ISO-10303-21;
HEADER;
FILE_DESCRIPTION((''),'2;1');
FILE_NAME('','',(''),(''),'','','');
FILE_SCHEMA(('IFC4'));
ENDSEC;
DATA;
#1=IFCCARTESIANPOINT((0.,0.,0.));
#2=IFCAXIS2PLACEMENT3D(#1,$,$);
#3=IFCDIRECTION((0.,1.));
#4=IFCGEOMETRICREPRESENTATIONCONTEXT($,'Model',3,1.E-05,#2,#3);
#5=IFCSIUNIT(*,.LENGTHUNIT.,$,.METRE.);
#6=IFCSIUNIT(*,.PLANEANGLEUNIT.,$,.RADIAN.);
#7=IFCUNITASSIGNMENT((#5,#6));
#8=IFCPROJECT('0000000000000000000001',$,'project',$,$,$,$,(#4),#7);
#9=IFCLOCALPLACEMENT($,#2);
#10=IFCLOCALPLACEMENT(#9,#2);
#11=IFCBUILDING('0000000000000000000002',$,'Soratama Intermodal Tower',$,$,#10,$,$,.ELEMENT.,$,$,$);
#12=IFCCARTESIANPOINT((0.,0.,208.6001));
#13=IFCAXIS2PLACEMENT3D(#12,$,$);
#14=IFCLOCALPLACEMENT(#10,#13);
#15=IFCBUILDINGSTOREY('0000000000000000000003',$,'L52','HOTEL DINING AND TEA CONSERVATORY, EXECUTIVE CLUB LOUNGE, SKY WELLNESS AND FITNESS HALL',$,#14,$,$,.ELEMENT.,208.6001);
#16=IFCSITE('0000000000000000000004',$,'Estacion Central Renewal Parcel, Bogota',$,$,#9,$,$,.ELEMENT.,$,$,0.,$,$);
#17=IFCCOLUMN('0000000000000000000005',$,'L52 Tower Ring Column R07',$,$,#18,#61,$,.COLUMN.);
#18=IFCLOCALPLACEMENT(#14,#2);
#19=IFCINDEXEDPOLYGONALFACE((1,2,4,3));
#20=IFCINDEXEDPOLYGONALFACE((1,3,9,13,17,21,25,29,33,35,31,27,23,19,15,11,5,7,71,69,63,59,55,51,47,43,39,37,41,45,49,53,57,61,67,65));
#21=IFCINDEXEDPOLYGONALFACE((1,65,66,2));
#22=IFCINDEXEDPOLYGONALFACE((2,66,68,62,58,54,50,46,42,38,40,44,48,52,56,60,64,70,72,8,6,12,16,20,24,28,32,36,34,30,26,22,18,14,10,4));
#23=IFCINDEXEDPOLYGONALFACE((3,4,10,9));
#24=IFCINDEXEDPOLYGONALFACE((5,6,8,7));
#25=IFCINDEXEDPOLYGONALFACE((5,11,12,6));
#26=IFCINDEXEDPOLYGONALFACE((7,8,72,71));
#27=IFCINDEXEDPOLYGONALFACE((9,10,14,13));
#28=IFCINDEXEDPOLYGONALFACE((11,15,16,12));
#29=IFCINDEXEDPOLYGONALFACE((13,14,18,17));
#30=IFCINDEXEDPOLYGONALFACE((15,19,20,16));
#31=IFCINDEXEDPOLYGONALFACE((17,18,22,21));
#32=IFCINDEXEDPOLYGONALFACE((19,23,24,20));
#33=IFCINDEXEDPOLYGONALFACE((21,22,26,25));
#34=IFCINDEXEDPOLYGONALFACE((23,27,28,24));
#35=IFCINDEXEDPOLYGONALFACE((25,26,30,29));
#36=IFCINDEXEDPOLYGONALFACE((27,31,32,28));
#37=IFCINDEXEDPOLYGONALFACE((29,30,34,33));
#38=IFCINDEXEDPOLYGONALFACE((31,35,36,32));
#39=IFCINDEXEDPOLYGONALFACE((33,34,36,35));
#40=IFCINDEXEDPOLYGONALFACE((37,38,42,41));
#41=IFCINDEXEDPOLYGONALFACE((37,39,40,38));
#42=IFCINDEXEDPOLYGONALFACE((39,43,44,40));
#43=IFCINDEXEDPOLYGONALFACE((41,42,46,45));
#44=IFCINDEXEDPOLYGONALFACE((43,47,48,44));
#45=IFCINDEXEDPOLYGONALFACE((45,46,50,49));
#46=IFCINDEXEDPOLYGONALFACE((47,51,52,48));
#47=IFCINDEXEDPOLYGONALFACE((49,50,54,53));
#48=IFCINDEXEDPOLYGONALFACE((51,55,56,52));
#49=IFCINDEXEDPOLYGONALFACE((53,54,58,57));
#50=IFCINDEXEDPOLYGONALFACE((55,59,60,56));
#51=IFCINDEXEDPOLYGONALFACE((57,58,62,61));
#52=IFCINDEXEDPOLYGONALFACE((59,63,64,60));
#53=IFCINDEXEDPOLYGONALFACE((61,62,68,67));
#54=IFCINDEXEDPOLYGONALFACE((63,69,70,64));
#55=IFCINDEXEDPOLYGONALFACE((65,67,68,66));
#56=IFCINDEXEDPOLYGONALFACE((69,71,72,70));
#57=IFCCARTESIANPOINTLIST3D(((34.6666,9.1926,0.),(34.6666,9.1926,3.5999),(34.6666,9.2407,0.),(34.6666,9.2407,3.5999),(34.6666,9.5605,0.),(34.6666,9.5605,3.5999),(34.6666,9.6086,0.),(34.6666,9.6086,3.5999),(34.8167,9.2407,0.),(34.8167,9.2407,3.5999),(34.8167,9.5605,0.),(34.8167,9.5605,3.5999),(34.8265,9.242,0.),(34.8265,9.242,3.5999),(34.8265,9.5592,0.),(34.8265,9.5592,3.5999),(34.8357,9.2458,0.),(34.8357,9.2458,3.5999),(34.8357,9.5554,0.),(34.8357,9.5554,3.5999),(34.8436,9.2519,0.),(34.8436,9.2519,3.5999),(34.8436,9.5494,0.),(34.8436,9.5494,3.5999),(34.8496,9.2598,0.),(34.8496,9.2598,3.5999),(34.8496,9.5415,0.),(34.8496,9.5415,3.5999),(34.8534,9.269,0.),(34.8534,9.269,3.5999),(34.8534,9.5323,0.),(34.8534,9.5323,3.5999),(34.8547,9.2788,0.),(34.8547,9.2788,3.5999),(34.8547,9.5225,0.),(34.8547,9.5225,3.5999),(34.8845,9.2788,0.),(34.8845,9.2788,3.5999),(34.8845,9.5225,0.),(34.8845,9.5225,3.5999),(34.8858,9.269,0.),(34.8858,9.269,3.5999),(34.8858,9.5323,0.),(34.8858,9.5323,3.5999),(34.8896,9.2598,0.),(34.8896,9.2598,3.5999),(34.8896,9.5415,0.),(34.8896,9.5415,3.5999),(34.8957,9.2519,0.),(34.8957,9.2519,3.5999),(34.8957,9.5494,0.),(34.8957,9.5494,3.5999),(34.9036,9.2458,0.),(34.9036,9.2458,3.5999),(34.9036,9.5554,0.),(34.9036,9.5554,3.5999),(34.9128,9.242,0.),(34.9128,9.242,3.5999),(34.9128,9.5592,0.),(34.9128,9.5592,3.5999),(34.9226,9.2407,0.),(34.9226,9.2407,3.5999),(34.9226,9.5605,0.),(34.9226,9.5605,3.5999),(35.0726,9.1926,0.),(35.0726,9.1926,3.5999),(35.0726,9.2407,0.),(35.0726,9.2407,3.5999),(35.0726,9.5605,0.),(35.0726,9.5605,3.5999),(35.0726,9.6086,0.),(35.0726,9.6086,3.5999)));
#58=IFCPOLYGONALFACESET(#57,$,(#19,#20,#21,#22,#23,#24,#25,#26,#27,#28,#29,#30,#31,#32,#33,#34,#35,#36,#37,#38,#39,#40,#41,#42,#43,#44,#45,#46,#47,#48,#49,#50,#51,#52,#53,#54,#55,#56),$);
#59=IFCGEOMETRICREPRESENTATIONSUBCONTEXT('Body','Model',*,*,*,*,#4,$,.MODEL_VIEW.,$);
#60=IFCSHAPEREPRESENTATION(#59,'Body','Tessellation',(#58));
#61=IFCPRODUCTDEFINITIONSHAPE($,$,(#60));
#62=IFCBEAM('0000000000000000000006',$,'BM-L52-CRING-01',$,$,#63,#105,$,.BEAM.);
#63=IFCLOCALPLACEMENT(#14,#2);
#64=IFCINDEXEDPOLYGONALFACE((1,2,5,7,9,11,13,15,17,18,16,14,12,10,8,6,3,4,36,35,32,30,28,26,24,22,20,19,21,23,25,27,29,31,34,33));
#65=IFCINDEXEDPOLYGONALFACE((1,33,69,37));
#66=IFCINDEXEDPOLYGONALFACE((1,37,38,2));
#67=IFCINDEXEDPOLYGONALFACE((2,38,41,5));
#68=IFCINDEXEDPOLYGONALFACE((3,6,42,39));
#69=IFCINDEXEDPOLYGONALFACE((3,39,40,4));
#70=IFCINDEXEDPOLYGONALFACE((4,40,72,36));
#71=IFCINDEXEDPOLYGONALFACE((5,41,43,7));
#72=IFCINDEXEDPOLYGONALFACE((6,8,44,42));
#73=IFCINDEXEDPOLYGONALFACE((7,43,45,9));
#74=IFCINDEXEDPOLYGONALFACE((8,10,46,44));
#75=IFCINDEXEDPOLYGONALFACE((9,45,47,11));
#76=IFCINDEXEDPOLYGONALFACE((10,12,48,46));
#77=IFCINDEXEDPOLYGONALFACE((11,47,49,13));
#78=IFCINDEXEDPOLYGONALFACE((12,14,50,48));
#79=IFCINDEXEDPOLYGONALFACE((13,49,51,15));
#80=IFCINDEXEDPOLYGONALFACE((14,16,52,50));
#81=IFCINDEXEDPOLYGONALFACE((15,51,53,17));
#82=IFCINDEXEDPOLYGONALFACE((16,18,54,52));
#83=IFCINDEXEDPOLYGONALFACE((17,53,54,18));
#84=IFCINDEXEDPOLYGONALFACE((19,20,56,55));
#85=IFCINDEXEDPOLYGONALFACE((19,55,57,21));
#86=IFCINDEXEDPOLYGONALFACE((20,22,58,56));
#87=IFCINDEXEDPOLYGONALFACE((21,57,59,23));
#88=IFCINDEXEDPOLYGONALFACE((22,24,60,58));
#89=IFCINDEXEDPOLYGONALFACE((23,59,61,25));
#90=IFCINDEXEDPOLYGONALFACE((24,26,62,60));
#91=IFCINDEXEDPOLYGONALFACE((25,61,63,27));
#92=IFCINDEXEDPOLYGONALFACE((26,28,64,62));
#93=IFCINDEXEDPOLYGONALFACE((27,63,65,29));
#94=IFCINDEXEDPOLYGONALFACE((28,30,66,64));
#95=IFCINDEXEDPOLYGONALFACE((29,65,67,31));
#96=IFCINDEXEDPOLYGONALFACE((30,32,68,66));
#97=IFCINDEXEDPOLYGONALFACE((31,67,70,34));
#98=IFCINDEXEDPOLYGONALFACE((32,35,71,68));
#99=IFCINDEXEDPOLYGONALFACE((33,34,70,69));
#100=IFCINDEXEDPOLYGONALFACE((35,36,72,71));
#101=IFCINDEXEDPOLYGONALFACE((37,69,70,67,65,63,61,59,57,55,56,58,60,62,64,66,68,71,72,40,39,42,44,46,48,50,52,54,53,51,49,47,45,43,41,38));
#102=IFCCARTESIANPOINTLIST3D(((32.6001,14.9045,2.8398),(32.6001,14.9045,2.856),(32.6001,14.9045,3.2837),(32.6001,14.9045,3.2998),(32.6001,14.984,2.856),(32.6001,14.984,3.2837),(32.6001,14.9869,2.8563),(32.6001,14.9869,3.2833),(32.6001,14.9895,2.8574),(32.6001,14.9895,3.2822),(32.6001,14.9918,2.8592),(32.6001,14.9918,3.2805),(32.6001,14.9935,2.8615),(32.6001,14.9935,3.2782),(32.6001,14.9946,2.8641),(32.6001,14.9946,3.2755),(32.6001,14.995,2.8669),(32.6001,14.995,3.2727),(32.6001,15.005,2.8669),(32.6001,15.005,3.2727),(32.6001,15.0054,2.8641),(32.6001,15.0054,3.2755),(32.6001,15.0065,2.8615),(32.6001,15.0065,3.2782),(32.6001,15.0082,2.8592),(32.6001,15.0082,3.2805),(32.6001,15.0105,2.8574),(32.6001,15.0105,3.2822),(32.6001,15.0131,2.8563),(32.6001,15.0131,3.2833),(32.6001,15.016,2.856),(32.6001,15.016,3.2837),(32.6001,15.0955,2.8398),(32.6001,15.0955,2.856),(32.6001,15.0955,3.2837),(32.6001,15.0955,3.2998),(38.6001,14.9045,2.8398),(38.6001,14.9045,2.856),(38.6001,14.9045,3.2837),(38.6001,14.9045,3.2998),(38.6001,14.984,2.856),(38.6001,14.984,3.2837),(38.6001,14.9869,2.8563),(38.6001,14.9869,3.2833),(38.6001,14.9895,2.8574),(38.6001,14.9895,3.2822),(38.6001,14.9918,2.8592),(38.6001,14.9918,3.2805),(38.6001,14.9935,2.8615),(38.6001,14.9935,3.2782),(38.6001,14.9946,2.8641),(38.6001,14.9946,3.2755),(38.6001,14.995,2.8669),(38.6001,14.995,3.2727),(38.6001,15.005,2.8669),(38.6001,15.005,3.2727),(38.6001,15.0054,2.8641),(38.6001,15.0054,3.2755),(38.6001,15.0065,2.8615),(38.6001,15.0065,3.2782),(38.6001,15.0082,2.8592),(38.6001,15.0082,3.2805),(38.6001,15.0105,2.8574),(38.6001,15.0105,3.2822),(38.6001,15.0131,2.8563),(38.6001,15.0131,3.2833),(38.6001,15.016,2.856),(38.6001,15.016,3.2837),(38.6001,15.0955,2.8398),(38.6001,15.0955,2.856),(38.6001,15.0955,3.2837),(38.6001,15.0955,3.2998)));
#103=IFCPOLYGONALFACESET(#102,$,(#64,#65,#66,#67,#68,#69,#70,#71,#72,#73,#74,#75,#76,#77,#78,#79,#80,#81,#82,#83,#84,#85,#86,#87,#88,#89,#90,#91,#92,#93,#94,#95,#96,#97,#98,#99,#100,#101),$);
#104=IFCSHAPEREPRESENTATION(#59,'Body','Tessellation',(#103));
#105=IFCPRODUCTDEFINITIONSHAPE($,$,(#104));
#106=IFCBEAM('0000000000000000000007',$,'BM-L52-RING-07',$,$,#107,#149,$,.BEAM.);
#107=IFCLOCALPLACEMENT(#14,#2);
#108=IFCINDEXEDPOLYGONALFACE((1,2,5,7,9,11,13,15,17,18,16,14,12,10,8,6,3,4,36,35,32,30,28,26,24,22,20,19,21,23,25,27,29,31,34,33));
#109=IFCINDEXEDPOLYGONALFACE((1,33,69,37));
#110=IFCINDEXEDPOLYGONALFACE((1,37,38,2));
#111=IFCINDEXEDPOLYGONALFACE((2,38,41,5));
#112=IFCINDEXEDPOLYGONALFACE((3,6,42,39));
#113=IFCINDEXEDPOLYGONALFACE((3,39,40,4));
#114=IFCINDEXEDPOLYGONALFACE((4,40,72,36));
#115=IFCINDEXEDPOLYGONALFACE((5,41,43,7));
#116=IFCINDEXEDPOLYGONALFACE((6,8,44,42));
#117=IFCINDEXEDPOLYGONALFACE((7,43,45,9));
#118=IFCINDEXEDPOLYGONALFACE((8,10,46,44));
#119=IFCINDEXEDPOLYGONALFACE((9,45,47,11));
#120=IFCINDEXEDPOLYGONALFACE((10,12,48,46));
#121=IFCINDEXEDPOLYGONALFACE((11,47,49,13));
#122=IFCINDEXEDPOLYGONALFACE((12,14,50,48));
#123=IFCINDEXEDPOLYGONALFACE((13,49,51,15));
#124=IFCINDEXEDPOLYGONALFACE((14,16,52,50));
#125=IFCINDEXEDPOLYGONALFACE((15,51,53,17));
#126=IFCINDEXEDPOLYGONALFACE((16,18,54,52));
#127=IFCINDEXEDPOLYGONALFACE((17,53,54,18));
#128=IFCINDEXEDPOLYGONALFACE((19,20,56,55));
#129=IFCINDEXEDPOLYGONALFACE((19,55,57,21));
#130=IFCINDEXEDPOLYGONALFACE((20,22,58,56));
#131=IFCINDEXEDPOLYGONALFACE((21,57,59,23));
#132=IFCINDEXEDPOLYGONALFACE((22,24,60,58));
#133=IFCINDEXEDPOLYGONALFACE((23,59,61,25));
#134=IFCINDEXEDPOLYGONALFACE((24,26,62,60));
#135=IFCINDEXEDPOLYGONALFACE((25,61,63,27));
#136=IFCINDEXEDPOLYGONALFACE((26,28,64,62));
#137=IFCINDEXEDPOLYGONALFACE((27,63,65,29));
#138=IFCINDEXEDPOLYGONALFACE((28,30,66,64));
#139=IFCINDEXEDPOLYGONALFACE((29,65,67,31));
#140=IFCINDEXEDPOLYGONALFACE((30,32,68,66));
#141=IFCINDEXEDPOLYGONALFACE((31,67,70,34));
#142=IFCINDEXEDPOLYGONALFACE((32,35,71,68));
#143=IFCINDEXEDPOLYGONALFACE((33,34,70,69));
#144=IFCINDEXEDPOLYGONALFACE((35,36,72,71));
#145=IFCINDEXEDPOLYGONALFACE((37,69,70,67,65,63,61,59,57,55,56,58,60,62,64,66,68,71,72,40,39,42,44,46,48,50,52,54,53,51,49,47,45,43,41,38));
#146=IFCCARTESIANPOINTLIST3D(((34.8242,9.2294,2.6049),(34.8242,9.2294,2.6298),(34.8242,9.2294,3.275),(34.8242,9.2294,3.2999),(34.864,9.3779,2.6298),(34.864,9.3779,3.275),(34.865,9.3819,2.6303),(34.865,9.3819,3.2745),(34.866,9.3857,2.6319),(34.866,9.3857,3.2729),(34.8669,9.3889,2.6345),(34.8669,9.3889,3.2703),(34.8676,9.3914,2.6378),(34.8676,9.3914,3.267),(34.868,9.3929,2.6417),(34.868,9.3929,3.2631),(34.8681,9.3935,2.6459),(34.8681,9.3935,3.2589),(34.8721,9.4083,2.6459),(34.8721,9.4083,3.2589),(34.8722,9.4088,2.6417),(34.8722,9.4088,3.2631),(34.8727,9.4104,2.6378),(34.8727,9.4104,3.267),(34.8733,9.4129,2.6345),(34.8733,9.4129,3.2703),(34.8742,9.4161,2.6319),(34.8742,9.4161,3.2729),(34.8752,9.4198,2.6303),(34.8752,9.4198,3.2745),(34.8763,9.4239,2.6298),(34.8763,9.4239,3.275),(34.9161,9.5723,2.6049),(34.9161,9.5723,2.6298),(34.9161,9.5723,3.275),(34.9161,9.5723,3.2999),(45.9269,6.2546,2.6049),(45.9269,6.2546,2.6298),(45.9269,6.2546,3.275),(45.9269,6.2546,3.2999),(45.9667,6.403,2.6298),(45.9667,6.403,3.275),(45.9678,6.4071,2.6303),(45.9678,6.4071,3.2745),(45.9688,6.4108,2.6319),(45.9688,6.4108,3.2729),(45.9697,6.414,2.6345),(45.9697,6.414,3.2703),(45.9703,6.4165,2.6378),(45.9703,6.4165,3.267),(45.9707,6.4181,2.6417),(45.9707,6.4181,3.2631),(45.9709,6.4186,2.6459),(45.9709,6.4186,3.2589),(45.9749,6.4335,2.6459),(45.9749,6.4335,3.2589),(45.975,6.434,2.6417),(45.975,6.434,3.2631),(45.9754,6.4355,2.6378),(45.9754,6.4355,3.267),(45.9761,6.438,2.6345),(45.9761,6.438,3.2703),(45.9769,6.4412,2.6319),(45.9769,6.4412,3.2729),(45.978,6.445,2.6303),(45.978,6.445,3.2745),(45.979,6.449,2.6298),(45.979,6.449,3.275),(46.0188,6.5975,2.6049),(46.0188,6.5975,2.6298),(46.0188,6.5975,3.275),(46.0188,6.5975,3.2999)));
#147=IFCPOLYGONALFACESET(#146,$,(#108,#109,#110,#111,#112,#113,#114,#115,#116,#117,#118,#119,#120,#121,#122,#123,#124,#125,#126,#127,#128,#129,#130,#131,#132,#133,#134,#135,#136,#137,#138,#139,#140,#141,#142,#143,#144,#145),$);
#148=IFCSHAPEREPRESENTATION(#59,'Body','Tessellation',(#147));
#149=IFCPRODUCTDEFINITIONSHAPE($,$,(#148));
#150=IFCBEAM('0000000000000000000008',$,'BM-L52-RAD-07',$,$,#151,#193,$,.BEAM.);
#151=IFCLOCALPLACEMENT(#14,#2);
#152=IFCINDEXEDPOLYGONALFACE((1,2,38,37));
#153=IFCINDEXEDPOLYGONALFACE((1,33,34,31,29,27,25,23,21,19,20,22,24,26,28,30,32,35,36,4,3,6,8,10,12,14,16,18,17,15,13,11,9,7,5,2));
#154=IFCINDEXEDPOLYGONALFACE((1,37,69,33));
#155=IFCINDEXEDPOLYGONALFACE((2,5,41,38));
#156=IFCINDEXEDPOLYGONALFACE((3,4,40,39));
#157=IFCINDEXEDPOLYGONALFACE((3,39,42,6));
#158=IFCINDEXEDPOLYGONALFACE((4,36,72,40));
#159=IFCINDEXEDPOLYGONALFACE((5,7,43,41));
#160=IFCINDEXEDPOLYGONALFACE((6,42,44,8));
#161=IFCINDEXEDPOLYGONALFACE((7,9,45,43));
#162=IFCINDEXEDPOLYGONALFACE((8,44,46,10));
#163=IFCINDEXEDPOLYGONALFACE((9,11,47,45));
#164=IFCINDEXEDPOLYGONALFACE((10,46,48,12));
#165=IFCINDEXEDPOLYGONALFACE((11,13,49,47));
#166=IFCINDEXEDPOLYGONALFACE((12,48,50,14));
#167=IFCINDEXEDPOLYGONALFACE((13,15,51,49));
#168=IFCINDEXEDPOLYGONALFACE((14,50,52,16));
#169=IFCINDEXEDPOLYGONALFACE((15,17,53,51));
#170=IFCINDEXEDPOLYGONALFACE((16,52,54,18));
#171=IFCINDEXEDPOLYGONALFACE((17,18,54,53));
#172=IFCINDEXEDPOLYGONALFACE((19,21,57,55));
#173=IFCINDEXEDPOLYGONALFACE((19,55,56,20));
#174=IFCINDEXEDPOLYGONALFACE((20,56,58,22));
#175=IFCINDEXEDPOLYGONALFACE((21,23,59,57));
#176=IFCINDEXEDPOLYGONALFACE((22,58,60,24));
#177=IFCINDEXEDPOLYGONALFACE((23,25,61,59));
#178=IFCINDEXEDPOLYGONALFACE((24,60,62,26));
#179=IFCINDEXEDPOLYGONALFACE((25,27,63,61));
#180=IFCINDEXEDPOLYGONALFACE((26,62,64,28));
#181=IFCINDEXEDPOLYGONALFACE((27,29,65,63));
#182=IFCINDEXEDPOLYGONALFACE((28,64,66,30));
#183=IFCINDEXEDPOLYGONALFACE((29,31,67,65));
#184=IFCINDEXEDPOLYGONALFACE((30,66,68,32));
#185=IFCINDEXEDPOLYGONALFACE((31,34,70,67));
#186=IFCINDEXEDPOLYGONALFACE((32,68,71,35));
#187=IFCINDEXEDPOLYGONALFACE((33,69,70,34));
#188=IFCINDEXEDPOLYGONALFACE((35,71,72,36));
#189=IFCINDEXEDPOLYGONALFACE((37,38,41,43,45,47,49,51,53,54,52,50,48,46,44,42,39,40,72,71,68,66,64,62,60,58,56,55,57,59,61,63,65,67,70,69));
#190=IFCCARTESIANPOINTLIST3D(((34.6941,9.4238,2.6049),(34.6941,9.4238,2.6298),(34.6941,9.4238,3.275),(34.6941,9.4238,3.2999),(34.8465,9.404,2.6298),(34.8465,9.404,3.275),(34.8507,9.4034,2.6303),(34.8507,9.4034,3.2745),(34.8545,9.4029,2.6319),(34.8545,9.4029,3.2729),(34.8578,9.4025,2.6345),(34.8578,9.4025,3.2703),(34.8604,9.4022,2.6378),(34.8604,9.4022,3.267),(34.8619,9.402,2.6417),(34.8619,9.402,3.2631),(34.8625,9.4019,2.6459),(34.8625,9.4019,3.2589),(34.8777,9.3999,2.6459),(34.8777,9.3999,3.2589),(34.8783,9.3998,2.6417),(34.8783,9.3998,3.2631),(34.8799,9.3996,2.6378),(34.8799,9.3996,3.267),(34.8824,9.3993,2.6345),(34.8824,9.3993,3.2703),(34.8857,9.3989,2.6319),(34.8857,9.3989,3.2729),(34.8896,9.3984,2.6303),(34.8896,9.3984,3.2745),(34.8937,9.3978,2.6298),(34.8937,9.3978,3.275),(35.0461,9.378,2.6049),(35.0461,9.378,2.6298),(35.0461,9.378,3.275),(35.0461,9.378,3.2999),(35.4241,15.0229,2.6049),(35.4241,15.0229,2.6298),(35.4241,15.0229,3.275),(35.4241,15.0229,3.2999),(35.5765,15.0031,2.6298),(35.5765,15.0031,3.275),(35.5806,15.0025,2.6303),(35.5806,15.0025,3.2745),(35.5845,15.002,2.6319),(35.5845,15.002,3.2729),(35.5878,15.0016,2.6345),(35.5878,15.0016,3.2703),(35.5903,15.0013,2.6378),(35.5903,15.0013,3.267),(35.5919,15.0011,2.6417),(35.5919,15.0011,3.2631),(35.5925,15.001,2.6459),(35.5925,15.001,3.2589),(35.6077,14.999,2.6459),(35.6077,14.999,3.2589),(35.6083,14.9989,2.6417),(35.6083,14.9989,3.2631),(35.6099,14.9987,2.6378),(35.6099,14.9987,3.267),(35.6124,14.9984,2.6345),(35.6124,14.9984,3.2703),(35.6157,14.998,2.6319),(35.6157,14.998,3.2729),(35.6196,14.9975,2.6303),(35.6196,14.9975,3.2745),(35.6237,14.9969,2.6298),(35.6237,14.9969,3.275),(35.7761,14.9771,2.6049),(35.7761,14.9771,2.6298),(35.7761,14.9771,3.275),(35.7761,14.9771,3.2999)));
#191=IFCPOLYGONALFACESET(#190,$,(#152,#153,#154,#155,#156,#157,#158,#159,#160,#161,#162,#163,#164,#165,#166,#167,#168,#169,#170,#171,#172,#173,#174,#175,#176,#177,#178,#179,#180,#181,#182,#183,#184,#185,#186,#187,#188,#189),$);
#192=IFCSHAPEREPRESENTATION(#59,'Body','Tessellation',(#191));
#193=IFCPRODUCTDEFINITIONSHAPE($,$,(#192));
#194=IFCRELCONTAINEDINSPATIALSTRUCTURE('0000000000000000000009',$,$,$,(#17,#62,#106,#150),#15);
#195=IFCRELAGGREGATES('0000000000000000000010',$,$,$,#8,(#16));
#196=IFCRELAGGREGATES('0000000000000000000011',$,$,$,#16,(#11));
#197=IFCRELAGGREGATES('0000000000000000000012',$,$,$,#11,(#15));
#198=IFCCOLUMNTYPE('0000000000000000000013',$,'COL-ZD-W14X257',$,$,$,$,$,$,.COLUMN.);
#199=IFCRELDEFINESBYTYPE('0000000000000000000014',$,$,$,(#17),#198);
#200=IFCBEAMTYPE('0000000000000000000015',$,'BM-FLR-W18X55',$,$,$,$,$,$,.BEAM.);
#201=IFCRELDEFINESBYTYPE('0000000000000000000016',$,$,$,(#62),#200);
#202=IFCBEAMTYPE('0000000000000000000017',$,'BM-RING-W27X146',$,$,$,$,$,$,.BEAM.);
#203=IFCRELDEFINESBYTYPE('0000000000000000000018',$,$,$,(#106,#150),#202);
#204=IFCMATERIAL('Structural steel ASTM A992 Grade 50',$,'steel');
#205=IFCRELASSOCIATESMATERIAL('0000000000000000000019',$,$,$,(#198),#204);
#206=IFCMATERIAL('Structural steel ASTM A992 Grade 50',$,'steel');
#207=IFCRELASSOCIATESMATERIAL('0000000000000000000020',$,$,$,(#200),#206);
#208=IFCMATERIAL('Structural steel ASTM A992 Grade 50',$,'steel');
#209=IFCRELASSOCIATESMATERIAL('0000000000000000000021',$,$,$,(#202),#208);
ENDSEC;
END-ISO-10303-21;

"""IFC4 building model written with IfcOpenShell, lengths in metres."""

from ifc_helpers import new_model, si_unit, direction, frame, origin, origin_2d, place, context, subcontext, project, spatial, i_section, extrude, material, material_profile, profile_set, type_object, element, save


model = new_model("IFC4")

# Units and contexts
model_context = context("Model", 3, precision=1e-05, world=origin(), true_north=direction((0.0, 1.0)))
body_context = subcontext(model_context, "Body", "Model", "MODEL_VIEW")
ifc_project = project(units=[si_unit("LENGTHUNIT", "METRE"), si_unit("PLANEANGLEUNIT", "RADIAN")], contexts=[model_context])

# Site, building, storey
site_placement = place(None, origin())
site = spatial("IfcSite", under=ifc_project, at=site_placement, Name="Estacion Central Renewal Parcel, Bogota", CompositionType="ELEMENT", RefElevation=0.0)
building_placement = place(site_placement, origin())
building = spatial("IfcBuilding", under=site, at=building_placement, Name="Soratama Intermodal Tower", CompositionType="ELEMENT")
storey_placement = place(building_placement, frame((0.0, 0.0, 208.6001)))
storey = spatial("IfcBuildingStorey", under=building, at=storey_placement, Name="L52", Description="HOTEL DINING AND TEA CONSERVATORY, EXECUTIVE CLUB LOUNGE, SKY WELLNESS AND FITNESS HALL", CompositionType="ELEMENT", Elevation=208.6001)

# Column
ifc_material_1 = material(Name="Structural steel ASTM A992 Grade 50", Category="steel")
ifc_material_profile_1 = material_profile(ifc_material_1, i_section(OverallWidth=0.406, OverallDepth=0.416, WebThickness=0.0298, FlangeThickness=0.0481, FilletRadius=0.0381, at=origin_2d()), Name="W14X257")
ifc_profile_set_1 = profile_set([ifc_material_profile_1], Name="Structural steel ASTM A992 Grade 50")
column_type = type_object("IfcColumnType", Name="COL-ZD-W14X257", PredefinedType="COLUMN", material=ifc_profile_set_1)
column_placement = place(storey_placement, frame((34.8696, 9.4006, 0.0), z_axis=(0.0, 0.0, 1.0), x_axis=(1.0, 0.0, 0.0)))
element("IfcColumn", 1, at=column_placement, inside=storey, type_object=column_type, Name="L52 Tower Ring Column R07", PredefinedType="COLUMN", context=body_context, shape_type="SweptSolid", body=[
    extrude(i_section(OverallWidth=0.406, OverallDepth=0.416, WebThickness=0.0298, FlangeThickness=0.0481, FilletRadius=0.0381, at=origin_2d()), origin(), (0.0, 0.0, 1.0), 3.5999),
])

# Beams
ifc_material_2 = material(Name="Structural steel ASTM A992 Grade 50", Category="steel")
ifc_material_profile_2 = material_profile(ifc_material_2, i_section(OverallWidth=0.1909, OverallDepth=0.46, WebThickness=0.01, FlangeThickness=0.0161, FilletRadius=0.011, at=origin_2d()), Name="W18X55")
ifc_profile_set_2 = profile_set([ifc_material_profile_2], Name="Structural steel ASTM A992 Grade 50")
beam_type_1 = type_object("IfcBeamType", Name="BM-FLR-W18X55", PredefinedType="BEAM", material=ifc_profile_set_2)
beam_1_placement = place(storey_placement, frame((32.6001, 15.0, 3.0698), z_axis=(1.0, 0.0, 0.0), x_axis=(0.0, 1.0, 0.0)))
element("IfcBeam", 2, at=beam_1_placement, inside=storey, type_object=beam_type_1, Name="BM-L52-CRING-01", PredefinedType="BEAM", context=body_context, shape_type="SweptSolid", body=[
    extrude(i_section(OverallWidth=0.1909, OverallDepth=0.46, WebThickness=0.01, FlangeThickness=0.0161, FilletRadius=0.011, at=origin_2d()), origin(), (0.0, 0.0, 1.0), 6.0),
])
ifc_material_3 = material(Name="Structural steel ASTM A992 Grade 50", Category="steel")
ifc_material_profile_3 = material_profile(ifc_material_3, i_section(OverallWidth=0.355, OverallDepth=0.6951, WebThickness=0.0154, FlangeThickness=0.0249, FilletRadius=0.0161, at=origin_2d()), Name="W27X146")
ifc_profile_set_3 = profile_set([ifc_material_profile_3], Name="Structural steel ASTM A992 Grade 50")
beam_type_2 = type_object("IfcBeamType", Name="BM-RING-W27X146", PredefinedType="BEAM", material=ifc_profile_set_3)
beam_2_placement = place(storey_placement, frame((34.8701, 9.4009, 2.9524), z_axis=(0.965929, -0.258809, 0.0), x_axis=(0.258809, 0.965929, 0.0)))
element("IfcBeam", 3, at=beam_2_placement, inside=storey, type_object=beam_type_2, Name="BM-L52-RING-07", PredefinedType="BEAM", context=body_context, shape_type="SweptSolid", body=[
    extrude(i_section(OverallWidth=0.355, OverallDepth=0.6951, WebThickness=0.0154, FlangeThickness=0.0249, FilletRadius=0.0161, at=origin_2d()), origin(), (0.0, 0.0, 1.0), 11.4944),
])
beam_3_placement = place(storey_placement, frame((35.6001, 15.0, 2.9524), z_axis=(-0.12928, -0.991608, 0.0), x_axis=(0.991608, -0.12928, 0.0)))
element("IfcBeam", 4, at=beam_3_placement, inside=storey, type_object=beam_type_2, Name="BM-L52-RAD-07", PredefinedType="BEAM", context=body_context, shape_type="SweptSolid", body=[
    extrude(i_section(OverallWidth=0.355, OverallDepth=0.6951, WebThickness=0.0154, FlangeThickness=0.0249, FilletRadius=0.0161, at=origin_2d()), origin(), (0.0, 0.0, 1.0), 5.6465),
])

save(model, "model.ifc")
